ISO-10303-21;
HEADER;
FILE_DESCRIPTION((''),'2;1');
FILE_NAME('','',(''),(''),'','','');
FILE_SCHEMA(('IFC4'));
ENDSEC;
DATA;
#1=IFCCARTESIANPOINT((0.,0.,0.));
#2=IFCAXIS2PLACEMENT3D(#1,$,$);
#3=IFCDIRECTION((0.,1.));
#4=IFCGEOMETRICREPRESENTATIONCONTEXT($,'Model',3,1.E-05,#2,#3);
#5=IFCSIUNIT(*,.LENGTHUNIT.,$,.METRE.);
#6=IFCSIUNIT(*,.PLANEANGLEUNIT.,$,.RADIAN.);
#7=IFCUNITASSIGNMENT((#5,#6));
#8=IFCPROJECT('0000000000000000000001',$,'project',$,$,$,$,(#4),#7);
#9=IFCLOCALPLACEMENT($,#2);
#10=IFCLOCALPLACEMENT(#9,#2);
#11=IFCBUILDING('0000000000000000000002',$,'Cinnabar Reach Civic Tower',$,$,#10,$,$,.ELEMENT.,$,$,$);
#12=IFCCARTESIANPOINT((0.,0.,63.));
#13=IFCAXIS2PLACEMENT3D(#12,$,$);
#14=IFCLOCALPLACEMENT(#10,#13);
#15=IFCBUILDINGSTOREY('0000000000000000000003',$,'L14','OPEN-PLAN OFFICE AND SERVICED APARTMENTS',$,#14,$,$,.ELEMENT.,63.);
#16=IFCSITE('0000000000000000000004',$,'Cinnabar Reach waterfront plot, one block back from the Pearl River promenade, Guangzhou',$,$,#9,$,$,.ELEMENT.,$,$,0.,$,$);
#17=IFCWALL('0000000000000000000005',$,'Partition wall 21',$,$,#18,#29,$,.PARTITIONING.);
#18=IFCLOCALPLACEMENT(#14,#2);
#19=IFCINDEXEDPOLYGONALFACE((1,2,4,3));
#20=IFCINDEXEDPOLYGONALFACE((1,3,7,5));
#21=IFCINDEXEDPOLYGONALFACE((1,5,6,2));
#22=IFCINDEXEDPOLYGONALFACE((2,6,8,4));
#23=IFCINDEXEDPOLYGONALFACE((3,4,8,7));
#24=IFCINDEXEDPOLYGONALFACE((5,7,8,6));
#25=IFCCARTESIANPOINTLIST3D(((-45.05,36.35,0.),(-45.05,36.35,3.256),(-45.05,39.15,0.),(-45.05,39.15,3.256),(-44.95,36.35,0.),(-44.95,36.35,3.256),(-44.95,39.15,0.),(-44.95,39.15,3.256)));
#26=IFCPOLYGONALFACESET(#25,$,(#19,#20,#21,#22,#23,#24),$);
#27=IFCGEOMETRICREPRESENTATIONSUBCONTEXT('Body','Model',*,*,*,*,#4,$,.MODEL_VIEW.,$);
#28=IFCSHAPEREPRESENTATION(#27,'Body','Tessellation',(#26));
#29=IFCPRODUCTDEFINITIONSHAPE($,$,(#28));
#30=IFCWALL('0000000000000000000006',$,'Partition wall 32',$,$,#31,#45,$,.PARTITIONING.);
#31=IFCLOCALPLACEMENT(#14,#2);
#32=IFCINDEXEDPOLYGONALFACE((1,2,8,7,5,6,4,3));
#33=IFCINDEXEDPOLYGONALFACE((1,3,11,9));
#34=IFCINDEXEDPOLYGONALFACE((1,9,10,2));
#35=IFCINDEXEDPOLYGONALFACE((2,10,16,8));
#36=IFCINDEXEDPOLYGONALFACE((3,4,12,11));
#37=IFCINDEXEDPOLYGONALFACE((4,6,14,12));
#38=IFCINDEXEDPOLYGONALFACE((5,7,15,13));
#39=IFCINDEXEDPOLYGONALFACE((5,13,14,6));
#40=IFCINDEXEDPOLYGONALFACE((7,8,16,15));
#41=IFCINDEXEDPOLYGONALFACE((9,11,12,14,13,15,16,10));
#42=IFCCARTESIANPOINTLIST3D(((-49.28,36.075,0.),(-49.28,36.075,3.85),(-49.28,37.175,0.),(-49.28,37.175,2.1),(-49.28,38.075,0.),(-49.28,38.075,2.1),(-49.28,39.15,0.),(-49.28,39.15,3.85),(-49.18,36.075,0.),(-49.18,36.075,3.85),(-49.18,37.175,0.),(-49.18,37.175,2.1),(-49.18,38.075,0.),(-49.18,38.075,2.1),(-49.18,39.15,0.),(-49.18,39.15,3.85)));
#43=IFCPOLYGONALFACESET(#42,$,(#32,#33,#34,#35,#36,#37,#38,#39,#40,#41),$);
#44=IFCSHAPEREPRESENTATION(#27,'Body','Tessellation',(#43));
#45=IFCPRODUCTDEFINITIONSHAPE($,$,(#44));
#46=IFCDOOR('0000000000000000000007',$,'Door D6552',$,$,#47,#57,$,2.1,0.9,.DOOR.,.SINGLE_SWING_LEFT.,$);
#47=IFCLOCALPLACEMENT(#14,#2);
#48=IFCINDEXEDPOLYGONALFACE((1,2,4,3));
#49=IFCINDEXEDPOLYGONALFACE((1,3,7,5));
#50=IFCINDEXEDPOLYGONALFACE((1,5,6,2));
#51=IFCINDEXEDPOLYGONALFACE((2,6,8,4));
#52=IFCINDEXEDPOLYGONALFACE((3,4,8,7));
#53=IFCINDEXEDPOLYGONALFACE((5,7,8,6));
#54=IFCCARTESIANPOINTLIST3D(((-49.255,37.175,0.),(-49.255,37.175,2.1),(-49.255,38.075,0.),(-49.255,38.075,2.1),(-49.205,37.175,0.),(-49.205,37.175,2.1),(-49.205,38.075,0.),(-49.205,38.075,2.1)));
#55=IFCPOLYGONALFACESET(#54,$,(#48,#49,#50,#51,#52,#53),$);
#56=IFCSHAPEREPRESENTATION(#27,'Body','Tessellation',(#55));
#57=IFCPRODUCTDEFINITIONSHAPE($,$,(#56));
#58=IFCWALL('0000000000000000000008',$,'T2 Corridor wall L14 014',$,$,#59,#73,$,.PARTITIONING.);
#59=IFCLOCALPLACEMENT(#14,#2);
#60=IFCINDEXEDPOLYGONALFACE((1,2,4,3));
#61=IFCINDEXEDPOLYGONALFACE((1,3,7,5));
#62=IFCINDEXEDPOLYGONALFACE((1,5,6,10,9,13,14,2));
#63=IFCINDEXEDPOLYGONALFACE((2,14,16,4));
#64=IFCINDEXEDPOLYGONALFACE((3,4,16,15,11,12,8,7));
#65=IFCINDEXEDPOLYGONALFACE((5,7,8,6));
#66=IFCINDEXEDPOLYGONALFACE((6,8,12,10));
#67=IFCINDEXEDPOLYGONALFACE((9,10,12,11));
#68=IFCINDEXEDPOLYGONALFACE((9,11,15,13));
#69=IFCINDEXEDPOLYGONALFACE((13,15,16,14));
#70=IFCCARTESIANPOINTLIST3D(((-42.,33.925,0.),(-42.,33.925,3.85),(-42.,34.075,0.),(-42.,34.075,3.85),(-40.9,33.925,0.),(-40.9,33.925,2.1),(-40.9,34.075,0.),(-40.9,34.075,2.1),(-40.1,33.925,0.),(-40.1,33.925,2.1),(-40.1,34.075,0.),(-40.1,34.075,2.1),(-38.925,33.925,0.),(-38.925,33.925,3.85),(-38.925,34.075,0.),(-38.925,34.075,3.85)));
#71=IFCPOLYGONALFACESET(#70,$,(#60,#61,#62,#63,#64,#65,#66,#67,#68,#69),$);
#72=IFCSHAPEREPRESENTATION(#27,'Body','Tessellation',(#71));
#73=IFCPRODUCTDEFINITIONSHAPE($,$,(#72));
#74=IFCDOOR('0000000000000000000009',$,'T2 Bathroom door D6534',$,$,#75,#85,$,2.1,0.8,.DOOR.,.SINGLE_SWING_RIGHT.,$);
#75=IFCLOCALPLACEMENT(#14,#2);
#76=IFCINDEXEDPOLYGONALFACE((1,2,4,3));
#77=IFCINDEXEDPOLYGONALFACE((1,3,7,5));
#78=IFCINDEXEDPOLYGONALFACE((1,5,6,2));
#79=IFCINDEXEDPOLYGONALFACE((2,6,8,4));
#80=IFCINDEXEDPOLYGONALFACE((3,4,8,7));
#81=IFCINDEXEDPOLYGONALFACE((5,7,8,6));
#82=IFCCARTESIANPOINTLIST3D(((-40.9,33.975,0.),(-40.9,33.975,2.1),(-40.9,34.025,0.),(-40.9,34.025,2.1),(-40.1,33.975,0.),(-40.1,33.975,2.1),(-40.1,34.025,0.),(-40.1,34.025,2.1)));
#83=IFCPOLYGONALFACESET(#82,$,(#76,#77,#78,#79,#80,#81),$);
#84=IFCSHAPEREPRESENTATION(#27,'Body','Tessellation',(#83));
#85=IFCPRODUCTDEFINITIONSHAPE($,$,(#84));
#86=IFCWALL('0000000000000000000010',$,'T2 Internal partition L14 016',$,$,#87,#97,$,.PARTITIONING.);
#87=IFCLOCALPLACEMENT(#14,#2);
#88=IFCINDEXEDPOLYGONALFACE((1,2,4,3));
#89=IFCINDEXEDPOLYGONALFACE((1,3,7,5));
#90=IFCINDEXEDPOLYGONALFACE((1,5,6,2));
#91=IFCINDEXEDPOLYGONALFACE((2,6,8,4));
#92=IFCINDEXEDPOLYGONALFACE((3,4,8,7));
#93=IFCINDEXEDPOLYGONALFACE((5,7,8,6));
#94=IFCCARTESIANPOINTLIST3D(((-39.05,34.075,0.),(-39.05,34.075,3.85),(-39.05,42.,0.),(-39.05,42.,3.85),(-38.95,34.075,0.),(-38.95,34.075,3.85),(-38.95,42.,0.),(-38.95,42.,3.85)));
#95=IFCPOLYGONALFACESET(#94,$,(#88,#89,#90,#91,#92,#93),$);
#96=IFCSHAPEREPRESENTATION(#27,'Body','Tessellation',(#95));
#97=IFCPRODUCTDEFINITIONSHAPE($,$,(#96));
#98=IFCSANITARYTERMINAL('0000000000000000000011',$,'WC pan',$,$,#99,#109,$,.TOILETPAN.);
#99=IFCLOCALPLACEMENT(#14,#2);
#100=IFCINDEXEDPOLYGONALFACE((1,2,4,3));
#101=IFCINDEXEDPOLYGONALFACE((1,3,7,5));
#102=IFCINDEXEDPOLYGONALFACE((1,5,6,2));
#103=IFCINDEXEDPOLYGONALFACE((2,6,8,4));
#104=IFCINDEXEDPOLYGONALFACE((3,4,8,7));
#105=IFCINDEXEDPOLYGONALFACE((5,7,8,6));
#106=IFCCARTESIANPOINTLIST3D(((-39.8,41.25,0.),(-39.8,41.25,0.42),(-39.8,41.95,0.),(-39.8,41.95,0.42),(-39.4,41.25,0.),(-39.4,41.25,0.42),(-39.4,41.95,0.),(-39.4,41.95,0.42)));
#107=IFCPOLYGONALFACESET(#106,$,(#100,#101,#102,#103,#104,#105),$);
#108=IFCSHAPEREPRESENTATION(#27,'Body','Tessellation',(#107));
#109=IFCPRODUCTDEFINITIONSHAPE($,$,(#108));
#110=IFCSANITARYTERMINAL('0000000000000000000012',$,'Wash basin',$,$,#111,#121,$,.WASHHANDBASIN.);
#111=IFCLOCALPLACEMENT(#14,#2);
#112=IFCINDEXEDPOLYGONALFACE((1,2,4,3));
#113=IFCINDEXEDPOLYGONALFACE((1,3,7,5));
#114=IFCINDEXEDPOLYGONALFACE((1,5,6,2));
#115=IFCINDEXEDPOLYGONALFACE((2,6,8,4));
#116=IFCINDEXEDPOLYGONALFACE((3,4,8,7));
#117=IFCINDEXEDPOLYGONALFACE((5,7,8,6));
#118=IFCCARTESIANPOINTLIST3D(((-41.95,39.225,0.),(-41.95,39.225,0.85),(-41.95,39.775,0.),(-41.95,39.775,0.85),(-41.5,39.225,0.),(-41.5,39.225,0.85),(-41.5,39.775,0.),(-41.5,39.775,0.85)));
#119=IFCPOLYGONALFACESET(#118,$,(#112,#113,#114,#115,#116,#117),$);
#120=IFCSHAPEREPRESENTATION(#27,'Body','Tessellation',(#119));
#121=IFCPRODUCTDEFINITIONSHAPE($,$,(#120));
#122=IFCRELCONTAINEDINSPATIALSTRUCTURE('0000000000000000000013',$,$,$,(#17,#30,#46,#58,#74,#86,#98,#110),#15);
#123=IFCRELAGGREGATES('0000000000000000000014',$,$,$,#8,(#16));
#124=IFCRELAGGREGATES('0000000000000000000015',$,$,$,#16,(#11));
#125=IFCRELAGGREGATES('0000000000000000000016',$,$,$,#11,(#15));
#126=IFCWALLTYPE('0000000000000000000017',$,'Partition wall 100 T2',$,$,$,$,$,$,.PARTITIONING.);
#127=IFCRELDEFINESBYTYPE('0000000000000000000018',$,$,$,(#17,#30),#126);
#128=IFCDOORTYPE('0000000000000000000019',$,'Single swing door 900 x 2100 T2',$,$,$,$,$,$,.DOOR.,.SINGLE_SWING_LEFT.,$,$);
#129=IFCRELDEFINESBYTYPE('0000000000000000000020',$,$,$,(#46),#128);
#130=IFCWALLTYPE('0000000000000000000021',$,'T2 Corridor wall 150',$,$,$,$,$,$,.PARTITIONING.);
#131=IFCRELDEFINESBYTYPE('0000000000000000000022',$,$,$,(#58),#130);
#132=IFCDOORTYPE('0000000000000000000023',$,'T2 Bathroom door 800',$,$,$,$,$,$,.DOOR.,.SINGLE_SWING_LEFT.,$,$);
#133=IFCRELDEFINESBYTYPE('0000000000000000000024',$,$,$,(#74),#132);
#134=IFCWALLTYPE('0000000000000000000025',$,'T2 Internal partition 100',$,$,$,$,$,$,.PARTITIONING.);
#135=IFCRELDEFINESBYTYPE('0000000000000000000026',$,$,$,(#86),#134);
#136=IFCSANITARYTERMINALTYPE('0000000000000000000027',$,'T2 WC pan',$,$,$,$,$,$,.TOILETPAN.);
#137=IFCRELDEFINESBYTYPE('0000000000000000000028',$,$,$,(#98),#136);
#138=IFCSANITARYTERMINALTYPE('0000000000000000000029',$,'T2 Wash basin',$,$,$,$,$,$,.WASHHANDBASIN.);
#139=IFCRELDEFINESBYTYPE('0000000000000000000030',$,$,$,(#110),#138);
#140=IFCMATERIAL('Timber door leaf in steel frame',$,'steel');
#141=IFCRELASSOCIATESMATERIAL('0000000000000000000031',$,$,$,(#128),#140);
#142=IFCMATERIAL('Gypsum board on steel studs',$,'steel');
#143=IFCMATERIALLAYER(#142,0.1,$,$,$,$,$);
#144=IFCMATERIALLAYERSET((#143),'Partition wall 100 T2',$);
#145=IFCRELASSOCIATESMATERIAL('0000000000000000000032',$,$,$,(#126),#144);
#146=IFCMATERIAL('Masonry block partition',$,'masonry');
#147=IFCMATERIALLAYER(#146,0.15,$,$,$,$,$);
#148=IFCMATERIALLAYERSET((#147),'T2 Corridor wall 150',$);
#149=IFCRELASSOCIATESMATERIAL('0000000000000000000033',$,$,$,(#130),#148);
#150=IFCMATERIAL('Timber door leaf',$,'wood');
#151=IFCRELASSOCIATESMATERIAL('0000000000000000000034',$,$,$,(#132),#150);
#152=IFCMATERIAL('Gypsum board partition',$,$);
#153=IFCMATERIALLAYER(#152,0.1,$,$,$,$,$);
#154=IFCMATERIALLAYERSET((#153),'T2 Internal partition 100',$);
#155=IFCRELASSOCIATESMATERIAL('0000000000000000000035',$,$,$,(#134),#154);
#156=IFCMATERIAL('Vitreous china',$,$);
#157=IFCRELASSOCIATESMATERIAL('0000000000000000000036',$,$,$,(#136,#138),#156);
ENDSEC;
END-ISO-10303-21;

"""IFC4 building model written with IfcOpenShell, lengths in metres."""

from ifc_helpers import new_model, si_unit, direction, frame, frame_2d, origin, origin_2d, place, context, subcontext, project, spatial, rectangle, extrude, material, layer, layer_set, type_object, element, fill, save


model = new_model("IFC4")

# Units and contexts
model_context = context("Model", 3, precision=1e-05, world=origin(), true_north=direction((0.0, 1.0)))
body_context = subcontext(model_context, "Body", "Model", "MODEL_VIEW")
ifc_project = project(units=[si_unit("LENGTHUNIT", "METRE"), si_unit("PLANEANGLEUNIT", "RADIAN")], contexts=[model_context])

# Site, building, storey
site_placement = place(None, origin())
site = spatial("IfcSite", under=ifc_project, at=site_placement, Name="Cinnabar Reach waterfront plot, one block back from the Pearl River promenade, Guangzhou", CompositionType="ELEMENT", RefElevation=0.0)
building_placement = place(site_placement, origin())
building = spatial("IfcBuilding", under=site, at=building_placement, Name="Cinnabar Reach Civic Tower", CompositionType="ELEMENT")
storey_placement = place(building_placement, frame((0.0, 0.0, 63.0)))
storey = spatial("IfcBuildingStorey", under=building, at=storey_placement, Name="L14", Description="OPEN-PLAN OFFICE AND SERVICED APARTMENTS", CompositionType="ELEMENT", Elevation=63.0)

# Shared definitions
ifc_material_1 = material(Name="Timber door leaf in steel frame", Category="steel")
door_type_1 = type_object("IfcDoorType", Name="Single swing door 900 x 2100 T2", OperationType="SINGLE_SWING_LEFT", PredefinedType="DOOR", material=ifc_material_1)

# Wall
ifc_material_2 = material(Name="Gypsum board on steel studs", Category="steel")
ifc_layer_1 = layer(ifc_material_2, 0.1)
ifc_layer_set_1 = layer_set([ifc_layer_1], Name="Partition wall 100 T2")
wall_type_1 = type_object("IfcWallType", Name="Partition wall 100 T2", PredefinedType="PARTITIONING", material=ifc_layer_set_1)
wall_1_placement = place(storey_placement, frame((-45.0, 36.35, 0.0), z_axis=(0.0, 0.0, 1.0), x_axis=(0.0, 1.0, 0.0)))
element("IfcWall", 1, at=wall_1_placement, inside=storey, type_object=wall_type_1, Name="Partition wall 21", PredefinedType="PARTITIONING", context=body_context, shape_type="SweptSolid", body=[
    extrude(rectangle(XDim=2.8, YDim=0.1, at=frame_2d((1.4, 0.0))), origin(), (0.0, 0.0, 1.0), 3.256),
])

# Walls, openings, doors
wall_2_placement = place(storey_placement, frame((-49.23, 36.075, 0.0), z_axis=(0.0, 0.0, 1.0), x_axis=(0.0, 1.0, 0.0)))
wall_2 = element("IfcWall", 2, at=wall_2_placement, inside=storey, type_object=wall_type_1, Name="Partition wall 32", PredefinedType="PARTITIONING", context=body_context, shape_type="SweptSolid", body=[
    extrude(rectangle(XDim=3.075, YDim=0.1, at=frame_2d((1.5375, 0.0))), origin(), (0.0, 0.0, 1.0), 3.85),
])
opening_1_placement = place(wall_2_placement, frame((1.1, 0.0, 0.0)))
opening_1 = element("IfcOpeningElement", 3, at=opening_1_placement, cuts=wall_2, PredefinedType="OPENING", context=body_context, shape_type="SweptSolid", body=[
    extrude(rectangle(XDim=0.9, YDim=2.1, at=frame_2d((0.45, 1.05))), frame((0.0, 0.06, 0.0), z_axis=(0.0, -1.0, 0.0), x_axis=(1.0, 0.0, 0.0)), (0.0, 0.0, 1.0), 0.12),
])
door_1_placement = place(opening_1_placement, origin())
door_1 = element("IfcDoor", 4, at=door_1_placement, inside=storey, type_object=door_type_1, Name="Door D6552", OperationType="SINGLE_SWING_LEFT", OverallHeight=2.1, OverallWidth=0.9, PredefinedType="DOOR", context=body_context, shape_type="SweptSolid", body=[
    extrude(rectangle(XDim=0.9, YDim=2.1, at=frame_2d((0.45, 1.05))), frame((0.0, 0.025, 0.0), z_axis=(0.0, -1.0, 0.0), x_axis=(1.0, 0.0, 0.0)), (0.0, 0.0, 1.0), 0.05),
])
fill(opening_1, door_1)
ifc_material_3 = material(Name="Masonry block partition", Category="masonry")
ifc_layer_2 = layer(ifc_material_3, 0.15)
ifc_layer_set_2 = layer_set([ifc_layer_2], Name="T2 Corridor wall 150")
wall_type_2 = type_object("IfcWallType", Name="T2 Corridor wall 150", PredefinedType="PARTITIONING", material=ifc_layer_set_2)
wall_3_placement = place(storey_placement, frame((-38.925, 34.0, 0.0), z_axis=(0.0, 0.0, 1.0), x_axis=(-1.0, 0.0, 0.0)))
wall_3 = element("IfcWall", 5, at=wall_3_placement, inside=storey, type_object=wall_type_2, Name="T2 Corridor wall L14 014", PredefinedType="PARTITIONING", context=body_context, shape_type="SweptSolid", body=[
    extrude(rectangle(XDim=3.075, YDim=0.15, at=frame_2d((1.5375, 0.0))), origin(), (0.0, 0.0, 1.0), 3.85),
])
opening_2_placement = place(wall_3_placement, frame((1.175, 0.0, 0.0)))
opening_2 = element("IfcOpeningElement", 6, at=opening_2_placement, cuts=wall_3, PredefinedType="OPENING", context=body_context, shape_type="SweptSolid", body=[
    extrude(rectangle(XDim=0.8, YDim=2.1, at=frame_2d((0.4, 1.05))), frame((0.0, 0.085, 0.0), z_axis=(0.0, -1.0, 0.0), x_axis=(1.0, 0.0, 0.0)), (0.0, 0.0, 1.0), 0.17),
])
ifc_material_4 = material(Name="Timber door leaf", Category="wood")
door_type_2 = type_object("IfcDoorType", Name="T2 Bathroom door 800", OperationType="SINGLE_SWING_LEFT", PredefinedType="DOOR", material=ifc_material_4)
door_2_placement = place(opening_2_placement, frame((0.8, 0.0, 0.0), z_axis=(0.0, 0.0, 1.0), x_axis=(-1.0, 0.0, 0.0)))
door_2 = element("IfcDoor", 7, at=door_2_placement, inside=storey, type_object=door_type_2, Name="T2 Bathroom door D6534", OperationType="SINGLE_SWING_RIGHT", OverallHeight=2.1, OverallWidth=0.8, PredefinedType="DOOR", context=body_context, shape_type="SweptSolid", body=[
    extrude(rectangle(XDim=0.8, YDim=2.1, at=frame_2d((0.4, 1.05))), frame((0.0, 0.025, 0.0), z_axis=(0.0, -1.0, 0.0), x_axis=(1.0, 0.0, 0.0)), (0.0, 0.0, 1.0), 0.05),
])
fill(opening_2, door_2)

# Wall
ifc_material_5 = material(Name="Gypsum board partition")
ifc_layer_3 = layer(ifc_material_5, 0.1)
ifc_layer_set_3 = layer_set([ifc_layer_3], Name="T2 Internal partition 100")
wall_type_3 = type_object("IfcWallType", Name="T2 Internal partition 100", PredefinedType="PARTITIONING", material=ifc_layer_set_3)
wall_4_placement = place(storey_placement, frame((-39.0, 34.075, 0.0), z_axis=(0.0, 0.0, 1.0), x_axis=(0.0, 1.0, 0.0)))
element("IfcWall", 8, at=wall_4_placement, inside=storey, type_object=wall_type_3, Name="T2 Internal partition L14 016", PredefinedType="PARTITIONING", context=body_context, shape_type="SweptSolid", body=[
    extrude(rectangle(XDim=7.925, YDim=0.1, at=frame_2d((3.9625, 0.0))), origin(), (0.0, 0.0, 1.0), 3.85),
])

# Sanitary terminals
ifc_material_6 = material(Name="Vitreous china")
sanitary_terminal_type_1 = type_object("IfcSanitaryTerminalType", Name="T2 WC pan", PredefinedType="TOILETPAN", material=ifc_material_6)
sanitary_terminal_1_placement = place(storey_placement, frame((-39.6, 41.6, 0.0), z_axis=(0.0, 0.0, 1.0), x_axis=(1.0, 0.0, 0.0)))
element("IfcSanitaryTerminal", 9, at=sanitary_terminal_1_placement, inside=storey, type_object=sanitary_terminal_type_1, Name="WC pan", PredefinedType="TOILETPAN", context=body_context, shape_type="SweptSolid", body=[
    extrude(rectangle(XDim=0.4, YDim=0.7, at=origin_2d()), origin(), (0.0, 0.0, 1.0), 0.42),
])
sanitary_terminal_type_2 = type_object("IfcSanitaryTerminalType", Name="T2 Wash basin", PredefinedType="WASHHANDBASIN", material=ifc_material_6)
sanitary_terminal_2_placement = place(storey_placement, frame((-41.725, 39.5, 0.0), z_axis=(0.0, 0.0, 1.0), x_axis=(1.0, 0.0, 0.0)))
element("IfcSanitaryTerminal", 10, at=sanitary_terminal_2_placement, inside=storey, type_object=sanitary_terminal_type_2, Name="Wash basin", PredefinedType="WASHHANDBASIN", context=body_context, shape_type="SweptSolid", body=[
    extrude(rectangle(XDim=0.45, YDim=0.55, at=origin_2d()), origin(), (0.0, 0.0, 1.0), 0.85),
])

save(model, "model.ifc")
